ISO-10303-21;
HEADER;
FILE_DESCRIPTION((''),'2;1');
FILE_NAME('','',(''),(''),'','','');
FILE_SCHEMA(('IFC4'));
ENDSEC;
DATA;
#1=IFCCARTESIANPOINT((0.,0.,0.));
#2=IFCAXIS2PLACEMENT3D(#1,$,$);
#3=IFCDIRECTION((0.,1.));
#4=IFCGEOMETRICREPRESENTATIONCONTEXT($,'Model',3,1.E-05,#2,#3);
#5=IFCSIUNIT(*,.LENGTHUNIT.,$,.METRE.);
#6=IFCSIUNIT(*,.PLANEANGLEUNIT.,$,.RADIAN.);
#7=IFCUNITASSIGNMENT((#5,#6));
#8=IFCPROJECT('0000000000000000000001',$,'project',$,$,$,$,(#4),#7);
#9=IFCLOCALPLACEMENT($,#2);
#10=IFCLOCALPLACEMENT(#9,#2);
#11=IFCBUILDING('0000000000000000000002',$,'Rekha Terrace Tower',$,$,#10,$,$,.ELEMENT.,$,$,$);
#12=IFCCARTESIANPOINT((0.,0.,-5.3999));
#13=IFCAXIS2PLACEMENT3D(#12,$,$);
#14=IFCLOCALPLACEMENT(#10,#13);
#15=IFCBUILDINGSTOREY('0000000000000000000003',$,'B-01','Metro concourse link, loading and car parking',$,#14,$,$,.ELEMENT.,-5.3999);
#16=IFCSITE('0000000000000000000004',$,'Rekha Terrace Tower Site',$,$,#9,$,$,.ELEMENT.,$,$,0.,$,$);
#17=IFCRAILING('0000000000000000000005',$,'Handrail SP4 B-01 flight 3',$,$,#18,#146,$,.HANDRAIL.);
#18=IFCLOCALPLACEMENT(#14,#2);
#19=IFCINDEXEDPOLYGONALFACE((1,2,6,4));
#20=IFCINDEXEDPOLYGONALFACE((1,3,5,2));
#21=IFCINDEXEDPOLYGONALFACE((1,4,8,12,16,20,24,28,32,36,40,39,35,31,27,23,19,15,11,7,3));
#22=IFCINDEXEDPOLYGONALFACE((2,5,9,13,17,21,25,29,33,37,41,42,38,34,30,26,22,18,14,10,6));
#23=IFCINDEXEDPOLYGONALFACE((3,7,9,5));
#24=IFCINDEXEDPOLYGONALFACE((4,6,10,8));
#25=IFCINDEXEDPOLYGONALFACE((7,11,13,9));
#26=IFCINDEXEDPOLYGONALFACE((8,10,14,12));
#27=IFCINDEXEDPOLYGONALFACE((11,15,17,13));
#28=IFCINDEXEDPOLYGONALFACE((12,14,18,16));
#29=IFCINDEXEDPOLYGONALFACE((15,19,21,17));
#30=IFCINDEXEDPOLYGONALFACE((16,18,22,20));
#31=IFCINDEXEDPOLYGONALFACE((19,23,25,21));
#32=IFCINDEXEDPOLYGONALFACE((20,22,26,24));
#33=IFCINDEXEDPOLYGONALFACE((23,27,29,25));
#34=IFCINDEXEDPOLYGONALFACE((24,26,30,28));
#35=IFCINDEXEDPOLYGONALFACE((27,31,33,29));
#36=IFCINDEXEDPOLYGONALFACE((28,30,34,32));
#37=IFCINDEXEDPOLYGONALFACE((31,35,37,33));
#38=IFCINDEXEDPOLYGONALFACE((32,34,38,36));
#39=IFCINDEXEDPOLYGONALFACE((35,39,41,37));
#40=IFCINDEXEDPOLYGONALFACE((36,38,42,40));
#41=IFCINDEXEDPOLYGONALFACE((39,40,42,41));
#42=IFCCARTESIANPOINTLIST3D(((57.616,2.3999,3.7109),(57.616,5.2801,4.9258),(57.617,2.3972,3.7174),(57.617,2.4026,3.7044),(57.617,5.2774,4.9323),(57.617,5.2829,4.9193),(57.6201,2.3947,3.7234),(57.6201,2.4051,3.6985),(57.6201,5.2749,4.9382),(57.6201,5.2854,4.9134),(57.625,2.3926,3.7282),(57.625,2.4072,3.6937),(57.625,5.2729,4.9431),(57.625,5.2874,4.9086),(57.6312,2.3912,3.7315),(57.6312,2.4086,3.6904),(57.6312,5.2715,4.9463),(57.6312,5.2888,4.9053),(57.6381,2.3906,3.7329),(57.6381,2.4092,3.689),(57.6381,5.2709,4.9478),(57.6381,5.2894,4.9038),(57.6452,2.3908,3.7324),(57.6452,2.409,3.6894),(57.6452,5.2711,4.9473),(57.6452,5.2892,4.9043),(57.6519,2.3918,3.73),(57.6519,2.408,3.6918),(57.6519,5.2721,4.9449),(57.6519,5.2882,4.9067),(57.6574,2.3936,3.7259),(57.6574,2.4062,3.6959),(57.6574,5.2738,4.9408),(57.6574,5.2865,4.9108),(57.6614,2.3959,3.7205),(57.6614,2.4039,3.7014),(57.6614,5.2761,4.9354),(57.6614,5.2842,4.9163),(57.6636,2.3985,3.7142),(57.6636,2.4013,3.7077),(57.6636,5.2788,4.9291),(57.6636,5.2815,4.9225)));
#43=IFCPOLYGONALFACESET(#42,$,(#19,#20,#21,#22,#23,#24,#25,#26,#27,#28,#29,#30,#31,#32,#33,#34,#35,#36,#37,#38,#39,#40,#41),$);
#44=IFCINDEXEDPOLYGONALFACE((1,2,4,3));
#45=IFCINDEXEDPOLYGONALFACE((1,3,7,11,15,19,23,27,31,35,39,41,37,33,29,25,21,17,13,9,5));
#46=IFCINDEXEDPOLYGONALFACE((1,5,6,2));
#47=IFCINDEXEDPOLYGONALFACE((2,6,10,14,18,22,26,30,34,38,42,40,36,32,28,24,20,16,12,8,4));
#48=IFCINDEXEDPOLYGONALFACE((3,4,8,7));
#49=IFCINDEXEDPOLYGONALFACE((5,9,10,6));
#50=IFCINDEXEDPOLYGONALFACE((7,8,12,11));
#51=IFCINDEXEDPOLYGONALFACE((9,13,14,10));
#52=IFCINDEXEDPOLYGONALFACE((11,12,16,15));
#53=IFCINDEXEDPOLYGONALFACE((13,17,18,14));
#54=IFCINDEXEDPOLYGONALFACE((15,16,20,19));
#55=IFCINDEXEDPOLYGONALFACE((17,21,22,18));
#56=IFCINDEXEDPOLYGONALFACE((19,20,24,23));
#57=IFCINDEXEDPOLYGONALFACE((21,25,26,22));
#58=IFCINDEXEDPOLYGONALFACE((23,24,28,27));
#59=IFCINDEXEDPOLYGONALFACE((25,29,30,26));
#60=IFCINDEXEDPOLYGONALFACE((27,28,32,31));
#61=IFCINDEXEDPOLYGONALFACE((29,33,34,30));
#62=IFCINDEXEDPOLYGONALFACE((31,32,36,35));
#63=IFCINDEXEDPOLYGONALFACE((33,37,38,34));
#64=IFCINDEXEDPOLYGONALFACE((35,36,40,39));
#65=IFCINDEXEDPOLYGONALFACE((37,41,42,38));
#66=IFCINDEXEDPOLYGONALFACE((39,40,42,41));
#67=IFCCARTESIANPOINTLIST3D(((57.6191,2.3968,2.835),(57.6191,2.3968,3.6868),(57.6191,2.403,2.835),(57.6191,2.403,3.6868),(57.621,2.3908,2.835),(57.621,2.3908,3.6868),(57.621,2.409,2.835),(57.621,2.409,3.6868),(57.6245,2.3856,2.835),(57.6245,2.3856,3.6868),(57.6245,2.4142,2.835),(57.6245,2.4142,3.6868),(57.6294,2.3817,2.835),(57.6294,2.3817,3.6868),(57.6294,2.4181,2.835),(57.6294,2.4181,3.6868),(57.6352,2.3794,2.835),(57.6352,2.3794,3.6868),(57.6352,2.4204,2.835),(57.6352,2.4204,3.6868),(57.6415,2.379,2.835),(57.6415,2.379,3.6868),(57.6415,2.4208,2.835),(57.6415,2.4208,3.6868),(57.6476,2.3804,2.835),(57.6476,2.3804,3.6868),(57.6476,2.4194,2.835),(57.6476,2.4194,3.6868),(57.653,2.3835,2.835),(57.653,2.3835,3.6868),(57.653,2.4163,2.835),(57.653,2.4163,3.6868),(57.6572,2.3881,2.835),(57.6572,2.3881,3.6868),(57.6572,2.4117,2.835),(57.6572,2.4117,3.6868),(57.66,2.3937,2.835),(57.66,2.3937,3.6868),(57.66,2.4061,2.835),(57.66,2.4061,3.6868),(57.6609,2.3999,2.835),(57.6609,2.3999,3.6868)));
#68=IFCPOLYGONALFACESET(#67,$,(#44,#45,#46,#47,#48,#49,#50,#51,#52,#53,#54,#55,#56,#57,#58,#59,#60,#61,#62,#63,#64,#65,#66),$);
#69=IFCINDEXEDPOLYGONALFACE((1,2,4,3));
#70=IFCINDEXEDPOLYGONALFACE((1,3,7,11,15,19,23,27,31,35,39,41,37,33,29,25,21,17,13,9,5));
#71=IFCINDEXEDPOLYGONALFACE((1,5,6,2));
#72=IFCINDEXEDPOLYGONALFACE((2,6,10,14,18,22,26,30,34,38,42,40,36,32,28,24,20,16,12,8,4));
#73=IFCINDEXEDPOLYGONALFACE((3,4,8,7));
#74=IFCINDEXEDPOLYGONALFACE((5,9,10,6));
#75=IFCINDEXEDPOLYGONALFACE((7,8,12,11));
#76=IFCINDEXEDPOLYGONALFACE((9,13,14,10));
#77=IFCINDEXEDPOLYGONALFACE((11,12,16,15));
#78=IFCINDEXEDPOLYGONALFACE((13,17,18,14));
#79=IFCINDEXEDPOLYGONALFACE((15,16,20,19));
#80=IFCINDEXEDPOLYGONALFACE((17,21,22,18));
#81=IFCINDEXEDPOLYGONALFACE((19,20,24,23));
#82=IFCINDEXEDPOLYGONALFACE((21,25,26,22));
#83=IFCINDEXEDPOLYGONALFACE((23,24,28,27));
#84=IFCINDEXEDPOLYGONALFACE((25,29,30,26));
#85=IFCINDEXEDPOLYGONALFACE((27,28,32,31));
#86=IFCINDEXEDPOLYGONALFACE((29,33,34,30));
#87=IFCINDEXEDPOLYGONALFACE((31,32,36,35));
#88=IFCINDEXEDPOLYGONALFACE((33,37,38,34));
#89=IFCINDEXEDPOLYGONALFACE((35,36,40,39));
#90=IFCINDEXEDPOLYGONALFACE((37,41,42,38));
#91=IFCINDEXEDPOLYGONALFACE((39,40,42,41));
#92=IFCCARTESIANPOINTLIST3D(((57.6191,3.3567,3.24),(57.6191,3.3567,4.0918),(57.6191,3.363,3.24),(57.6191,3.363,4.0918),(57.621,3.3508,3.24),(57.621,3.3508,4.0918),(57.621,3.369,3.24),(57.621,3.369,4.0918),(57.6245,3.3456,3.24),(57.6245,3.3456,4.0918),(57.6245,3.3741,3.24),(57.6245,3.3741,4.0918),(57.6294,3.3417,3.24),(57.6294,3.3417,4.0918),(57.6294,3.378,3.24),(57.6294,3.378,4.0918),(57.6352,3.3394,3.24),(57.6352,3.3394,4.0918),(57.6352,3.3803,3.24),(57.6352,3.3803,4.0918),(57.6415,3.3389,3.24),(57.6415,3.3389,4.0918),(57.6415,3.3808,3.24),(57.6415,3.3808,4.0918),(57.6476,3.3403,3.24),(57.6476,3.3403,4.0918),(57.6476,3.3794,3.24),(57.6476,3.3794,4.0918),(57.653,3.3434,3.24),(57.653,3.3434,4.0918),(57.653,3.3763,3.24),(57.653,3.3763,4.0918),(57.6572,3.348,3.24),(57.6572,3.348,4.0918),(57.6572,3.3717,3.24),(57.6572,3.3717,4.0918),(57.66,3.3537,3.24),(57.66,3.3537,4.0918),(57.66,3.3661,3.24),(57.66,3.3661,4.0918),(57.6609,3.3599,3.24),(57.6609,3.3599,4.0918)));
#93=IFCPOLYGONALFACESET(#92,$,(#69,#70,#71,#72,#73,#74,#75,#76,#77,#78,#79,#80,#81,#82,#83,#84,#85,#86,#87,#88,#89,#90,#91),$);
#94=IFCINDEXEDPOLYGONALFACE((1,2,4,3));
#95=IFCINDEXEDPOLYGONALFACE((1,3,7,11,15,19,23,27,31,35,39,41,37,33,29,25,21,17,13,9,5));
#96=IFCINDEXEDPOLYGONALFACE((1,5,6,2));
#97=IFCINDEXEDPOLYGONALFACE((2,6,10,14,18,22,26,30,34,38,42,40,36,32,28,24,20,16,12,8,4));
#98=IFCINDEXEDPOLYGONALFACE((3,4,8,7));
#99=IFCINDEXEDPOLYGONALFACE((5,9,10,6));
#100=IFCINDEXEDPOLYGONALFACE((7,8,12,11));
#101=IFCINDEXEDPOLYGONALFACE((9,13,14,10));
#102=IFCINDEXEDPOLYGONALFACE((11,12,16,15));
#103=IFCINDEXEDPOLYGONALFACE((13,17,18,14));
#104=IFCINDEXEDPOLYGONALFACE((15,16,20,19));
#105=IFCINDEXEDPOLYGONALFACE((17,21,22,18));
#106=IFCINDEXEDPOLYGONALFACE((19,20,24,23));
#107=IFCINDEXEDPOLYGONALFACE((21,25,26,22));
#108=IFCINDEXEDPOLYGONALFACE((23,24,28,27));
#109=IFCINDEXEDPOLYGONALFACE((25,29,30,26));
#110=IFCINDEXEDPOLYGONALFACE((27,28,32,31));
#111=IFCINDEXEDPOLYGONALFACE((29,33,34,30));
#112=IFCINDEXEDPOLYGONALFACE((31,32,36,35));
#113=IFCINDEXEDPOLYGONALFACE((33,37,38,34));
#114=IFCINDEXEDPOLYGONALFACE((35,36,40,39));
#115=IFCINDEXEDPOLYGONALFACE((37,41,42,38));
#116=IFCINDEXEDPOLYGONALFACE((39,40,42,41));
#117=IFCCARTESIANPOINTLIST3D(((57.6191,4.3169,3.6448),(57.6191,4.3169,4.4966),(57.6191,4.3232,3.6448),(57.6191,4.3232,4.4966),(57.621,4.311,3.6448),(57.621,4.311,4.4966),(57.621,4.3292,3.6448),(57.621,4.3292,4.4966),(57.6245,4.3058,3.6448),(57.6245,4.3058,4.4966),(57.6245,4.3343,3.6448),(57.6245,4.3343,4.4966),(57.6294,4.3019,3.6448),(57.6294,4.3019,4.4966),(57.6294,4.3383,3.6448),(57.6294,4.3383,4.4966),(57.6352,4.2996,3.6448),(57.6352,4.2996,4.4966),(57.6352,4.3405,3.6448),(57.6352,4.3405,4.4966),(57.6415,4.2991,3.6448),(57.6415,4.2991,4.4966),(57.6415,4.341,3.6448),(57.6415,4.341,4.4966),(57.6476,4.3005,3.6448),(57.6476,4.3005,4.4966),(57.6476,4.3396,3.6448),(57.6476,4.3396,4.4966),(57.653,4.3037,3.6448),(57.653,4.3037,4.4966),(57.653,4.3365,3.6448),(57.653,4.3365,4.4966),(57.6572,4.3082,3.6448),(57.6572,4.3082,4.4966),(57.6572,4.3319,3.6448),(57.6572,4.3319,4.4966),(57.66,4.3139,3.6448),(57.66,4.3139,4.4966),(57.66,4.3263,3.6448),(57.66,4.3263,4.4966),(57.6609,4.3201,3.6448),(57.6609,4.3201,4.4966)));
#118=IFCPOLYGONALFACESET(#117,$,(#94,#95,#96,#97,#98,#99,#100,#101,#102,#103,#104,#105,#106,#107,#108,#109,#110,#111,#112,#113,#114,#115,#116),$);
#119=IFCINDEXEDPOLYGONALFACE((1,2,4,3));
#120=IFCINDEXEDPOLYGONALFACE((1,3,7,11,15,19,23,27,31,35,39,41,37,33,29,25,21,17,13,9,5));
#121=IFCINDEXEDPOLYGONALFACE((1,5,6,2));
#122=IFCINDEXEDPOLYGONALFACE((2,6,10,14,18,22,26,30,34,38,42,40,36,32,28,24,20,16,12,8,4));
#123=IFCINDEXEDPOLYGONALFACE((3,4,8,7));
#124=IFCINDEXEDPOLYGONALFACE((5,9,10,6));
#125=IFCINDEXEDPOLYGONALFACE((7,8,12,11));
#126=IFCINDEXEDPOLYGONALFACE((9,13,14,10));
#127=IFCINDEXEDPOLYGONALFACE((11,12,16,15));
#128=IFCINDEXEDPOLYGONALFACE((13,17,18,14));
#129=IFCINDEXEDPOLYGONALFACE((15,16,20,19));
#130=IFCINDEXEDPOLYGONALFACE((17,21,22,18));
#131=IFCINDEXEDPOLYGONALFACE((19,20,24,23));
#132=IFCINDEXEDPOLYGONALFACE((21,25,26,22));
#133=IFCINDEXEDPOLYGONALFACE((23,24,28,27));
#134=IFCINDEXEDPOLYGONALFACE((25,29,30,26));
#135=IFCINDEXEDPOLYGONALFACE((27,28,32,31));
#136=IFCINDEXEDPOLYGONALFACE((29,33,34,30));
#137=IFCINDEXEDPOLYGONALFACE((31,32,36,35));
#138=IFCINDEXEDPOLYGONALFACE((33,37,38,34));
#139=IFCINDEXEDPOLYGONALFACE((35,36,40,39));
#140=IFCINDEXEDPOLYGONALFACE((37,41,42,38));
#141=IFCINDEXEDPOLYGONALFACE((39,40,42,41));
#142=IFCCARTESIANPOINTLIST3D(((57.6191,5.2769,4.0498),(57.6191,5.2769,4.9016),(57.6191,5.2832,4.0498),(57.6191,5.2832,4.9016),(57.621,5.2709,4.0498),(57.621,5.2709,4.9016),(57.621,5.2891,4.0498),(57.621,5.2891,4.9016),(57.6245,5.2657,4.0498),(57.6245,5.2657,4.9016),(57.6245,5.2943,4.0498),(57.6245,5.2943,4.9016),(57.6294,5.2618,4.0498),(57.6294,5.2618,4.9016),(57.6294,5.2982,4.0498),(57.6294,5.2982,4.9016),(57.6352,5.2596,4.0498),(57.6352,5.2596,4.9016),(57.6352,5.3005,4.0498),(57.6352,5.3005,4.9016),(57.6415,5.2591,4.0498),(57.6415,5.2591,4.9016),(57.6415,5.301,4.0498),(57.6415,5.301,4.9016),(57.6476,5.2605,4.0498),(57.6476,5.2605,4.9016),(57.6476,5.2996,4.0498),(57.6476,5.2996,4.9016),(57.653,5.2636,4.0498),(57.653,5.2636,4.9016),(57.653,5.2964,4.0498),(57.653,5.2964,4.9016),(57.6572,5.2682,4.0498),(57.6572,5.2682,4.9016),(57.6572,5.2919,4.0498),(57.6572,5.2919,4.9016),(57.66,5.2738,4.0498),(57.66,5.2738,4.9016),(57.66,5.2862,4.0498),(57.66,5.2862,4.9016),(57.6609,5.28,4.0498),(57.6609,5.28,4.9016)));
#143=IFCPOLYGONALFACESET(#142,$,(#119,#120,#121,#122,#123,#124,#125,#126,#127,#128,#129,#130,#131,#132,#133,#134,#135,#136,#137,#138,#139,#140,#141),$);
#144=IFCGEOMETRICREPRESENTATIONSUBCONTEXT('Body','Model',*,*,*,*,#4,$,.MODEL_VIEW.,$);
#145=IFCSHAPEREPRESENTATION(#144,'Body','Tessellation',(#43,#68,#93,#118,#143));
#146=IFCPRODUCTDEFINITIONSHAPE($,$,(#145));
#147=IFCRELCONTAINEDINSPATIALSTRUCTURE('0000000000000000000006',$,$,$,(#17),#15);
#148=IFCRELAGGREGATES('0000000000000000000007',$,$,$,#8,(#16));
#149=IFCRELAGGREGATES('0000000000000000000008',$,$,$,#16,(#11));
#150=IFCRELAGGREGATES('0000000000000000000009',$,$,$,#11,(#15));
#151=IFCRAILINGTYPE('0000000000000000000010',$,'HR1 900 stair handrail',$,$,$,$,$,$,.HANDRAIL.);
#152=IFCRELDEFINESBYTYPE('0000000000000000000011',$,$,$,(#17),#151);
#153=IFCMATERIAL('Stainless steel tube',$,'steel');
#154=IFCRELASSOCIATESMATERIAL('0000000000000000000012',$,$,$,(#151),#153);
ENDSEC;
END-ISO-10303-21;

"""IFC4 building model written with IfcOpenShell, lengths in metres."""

from ifc_helpers import new_model, si_unit, direction, frame, origin, origin_2d, place, context, subcontext, project, spatial, circle, extrude, material, type_object, element, save


model = new_model("IFC4")

# Units and contexts
model_context = context("Model", 3, precision=1e-05, world=origin(), true_north=direction((0.0, 1.0)))
body_context = subcontext(model_context, "Body", "Model", "MODEL_VIEW")
ifc_project = project(units=[si_unit("LENGTHUNIT", "METRE"), si_unit("PLANEANGLEUNIT", "RADIAN")], contexts=[model_context])

# Site, building, storey
site_placement = place(None, origin())
site = spatial("IfcSite", under=ifc_project, at=site_placement, Name="Rekha Terrace Tower Site", CompositionType="ELEMENT", RefElevation=0.0)
building_placement = place(site_placement, origin())
building = spatial("IfcBuilding", under=site, at=building_placement, Name="Rekha Terrace Tower", CompositionType="ELEMENT")
storey_placement = place(building_placement, frame((0.0, 0.0, -5.3999)))
storey = spatial("IfcBuildingStorey", under=building, at=storey_placement, Name="B-01", Description="Metro concourse link, loading and car parking", CompositionType="ELEMENT", Elevation=-5.3999)

# Railing
ifc_material_1 = material(Name="Stainless steel tube", Category="steel")
railing_type_1 = type_object("IfcRailingType", Name="HR1 900 stair handrail", PredefinedType="HANDRAIL", material=ifc_material_1)
railing_1_placement = place(storey_placement, frame((57.6399, 2.3999, 2.835)))
element("IfcRailing", 1, at=railing_1_placement, inside=storey, type_object=railing_type_1, Name="Handrail SP4 B-01 flight 3", PredefinedType="HANDRAIL", context=body_context, shape_type="SweptSolid", body=[
    extrude(circle(Radius=0.0239, at=origin_2d()), frame((0.0, 0.0, 0.876), z_axis=(0.0, 0.921388, 0.388644), x_axis=(-1.0, 0.0, 0.0)), (0.0, 0.0, 1.0), 3.126),
    extrude(circle(Radius=0.021, at=origin_2d()), origin(), (0.0, 0.0, 1.0), 0.8518),
    extrude(circle(Radius=0.021, at=origin_2d()), frame((0.0, 0.96, 0.405)), (0.0, 0.0, 1.0), 0.8518),
    extrude(circle(Radius=0.021, at=origin_2d()), frame((0.0, 1.9202, 0.8098)), (0.0, 0.0, 1.0), 0.8518),
    extrude(circle(Radius=0.021, at=origin_2d()), frame((0.0, 2.8801, 1.2148)), (0.0, 0.0, 1.0), 0.8518),
])

save(model, "model.ifc")
